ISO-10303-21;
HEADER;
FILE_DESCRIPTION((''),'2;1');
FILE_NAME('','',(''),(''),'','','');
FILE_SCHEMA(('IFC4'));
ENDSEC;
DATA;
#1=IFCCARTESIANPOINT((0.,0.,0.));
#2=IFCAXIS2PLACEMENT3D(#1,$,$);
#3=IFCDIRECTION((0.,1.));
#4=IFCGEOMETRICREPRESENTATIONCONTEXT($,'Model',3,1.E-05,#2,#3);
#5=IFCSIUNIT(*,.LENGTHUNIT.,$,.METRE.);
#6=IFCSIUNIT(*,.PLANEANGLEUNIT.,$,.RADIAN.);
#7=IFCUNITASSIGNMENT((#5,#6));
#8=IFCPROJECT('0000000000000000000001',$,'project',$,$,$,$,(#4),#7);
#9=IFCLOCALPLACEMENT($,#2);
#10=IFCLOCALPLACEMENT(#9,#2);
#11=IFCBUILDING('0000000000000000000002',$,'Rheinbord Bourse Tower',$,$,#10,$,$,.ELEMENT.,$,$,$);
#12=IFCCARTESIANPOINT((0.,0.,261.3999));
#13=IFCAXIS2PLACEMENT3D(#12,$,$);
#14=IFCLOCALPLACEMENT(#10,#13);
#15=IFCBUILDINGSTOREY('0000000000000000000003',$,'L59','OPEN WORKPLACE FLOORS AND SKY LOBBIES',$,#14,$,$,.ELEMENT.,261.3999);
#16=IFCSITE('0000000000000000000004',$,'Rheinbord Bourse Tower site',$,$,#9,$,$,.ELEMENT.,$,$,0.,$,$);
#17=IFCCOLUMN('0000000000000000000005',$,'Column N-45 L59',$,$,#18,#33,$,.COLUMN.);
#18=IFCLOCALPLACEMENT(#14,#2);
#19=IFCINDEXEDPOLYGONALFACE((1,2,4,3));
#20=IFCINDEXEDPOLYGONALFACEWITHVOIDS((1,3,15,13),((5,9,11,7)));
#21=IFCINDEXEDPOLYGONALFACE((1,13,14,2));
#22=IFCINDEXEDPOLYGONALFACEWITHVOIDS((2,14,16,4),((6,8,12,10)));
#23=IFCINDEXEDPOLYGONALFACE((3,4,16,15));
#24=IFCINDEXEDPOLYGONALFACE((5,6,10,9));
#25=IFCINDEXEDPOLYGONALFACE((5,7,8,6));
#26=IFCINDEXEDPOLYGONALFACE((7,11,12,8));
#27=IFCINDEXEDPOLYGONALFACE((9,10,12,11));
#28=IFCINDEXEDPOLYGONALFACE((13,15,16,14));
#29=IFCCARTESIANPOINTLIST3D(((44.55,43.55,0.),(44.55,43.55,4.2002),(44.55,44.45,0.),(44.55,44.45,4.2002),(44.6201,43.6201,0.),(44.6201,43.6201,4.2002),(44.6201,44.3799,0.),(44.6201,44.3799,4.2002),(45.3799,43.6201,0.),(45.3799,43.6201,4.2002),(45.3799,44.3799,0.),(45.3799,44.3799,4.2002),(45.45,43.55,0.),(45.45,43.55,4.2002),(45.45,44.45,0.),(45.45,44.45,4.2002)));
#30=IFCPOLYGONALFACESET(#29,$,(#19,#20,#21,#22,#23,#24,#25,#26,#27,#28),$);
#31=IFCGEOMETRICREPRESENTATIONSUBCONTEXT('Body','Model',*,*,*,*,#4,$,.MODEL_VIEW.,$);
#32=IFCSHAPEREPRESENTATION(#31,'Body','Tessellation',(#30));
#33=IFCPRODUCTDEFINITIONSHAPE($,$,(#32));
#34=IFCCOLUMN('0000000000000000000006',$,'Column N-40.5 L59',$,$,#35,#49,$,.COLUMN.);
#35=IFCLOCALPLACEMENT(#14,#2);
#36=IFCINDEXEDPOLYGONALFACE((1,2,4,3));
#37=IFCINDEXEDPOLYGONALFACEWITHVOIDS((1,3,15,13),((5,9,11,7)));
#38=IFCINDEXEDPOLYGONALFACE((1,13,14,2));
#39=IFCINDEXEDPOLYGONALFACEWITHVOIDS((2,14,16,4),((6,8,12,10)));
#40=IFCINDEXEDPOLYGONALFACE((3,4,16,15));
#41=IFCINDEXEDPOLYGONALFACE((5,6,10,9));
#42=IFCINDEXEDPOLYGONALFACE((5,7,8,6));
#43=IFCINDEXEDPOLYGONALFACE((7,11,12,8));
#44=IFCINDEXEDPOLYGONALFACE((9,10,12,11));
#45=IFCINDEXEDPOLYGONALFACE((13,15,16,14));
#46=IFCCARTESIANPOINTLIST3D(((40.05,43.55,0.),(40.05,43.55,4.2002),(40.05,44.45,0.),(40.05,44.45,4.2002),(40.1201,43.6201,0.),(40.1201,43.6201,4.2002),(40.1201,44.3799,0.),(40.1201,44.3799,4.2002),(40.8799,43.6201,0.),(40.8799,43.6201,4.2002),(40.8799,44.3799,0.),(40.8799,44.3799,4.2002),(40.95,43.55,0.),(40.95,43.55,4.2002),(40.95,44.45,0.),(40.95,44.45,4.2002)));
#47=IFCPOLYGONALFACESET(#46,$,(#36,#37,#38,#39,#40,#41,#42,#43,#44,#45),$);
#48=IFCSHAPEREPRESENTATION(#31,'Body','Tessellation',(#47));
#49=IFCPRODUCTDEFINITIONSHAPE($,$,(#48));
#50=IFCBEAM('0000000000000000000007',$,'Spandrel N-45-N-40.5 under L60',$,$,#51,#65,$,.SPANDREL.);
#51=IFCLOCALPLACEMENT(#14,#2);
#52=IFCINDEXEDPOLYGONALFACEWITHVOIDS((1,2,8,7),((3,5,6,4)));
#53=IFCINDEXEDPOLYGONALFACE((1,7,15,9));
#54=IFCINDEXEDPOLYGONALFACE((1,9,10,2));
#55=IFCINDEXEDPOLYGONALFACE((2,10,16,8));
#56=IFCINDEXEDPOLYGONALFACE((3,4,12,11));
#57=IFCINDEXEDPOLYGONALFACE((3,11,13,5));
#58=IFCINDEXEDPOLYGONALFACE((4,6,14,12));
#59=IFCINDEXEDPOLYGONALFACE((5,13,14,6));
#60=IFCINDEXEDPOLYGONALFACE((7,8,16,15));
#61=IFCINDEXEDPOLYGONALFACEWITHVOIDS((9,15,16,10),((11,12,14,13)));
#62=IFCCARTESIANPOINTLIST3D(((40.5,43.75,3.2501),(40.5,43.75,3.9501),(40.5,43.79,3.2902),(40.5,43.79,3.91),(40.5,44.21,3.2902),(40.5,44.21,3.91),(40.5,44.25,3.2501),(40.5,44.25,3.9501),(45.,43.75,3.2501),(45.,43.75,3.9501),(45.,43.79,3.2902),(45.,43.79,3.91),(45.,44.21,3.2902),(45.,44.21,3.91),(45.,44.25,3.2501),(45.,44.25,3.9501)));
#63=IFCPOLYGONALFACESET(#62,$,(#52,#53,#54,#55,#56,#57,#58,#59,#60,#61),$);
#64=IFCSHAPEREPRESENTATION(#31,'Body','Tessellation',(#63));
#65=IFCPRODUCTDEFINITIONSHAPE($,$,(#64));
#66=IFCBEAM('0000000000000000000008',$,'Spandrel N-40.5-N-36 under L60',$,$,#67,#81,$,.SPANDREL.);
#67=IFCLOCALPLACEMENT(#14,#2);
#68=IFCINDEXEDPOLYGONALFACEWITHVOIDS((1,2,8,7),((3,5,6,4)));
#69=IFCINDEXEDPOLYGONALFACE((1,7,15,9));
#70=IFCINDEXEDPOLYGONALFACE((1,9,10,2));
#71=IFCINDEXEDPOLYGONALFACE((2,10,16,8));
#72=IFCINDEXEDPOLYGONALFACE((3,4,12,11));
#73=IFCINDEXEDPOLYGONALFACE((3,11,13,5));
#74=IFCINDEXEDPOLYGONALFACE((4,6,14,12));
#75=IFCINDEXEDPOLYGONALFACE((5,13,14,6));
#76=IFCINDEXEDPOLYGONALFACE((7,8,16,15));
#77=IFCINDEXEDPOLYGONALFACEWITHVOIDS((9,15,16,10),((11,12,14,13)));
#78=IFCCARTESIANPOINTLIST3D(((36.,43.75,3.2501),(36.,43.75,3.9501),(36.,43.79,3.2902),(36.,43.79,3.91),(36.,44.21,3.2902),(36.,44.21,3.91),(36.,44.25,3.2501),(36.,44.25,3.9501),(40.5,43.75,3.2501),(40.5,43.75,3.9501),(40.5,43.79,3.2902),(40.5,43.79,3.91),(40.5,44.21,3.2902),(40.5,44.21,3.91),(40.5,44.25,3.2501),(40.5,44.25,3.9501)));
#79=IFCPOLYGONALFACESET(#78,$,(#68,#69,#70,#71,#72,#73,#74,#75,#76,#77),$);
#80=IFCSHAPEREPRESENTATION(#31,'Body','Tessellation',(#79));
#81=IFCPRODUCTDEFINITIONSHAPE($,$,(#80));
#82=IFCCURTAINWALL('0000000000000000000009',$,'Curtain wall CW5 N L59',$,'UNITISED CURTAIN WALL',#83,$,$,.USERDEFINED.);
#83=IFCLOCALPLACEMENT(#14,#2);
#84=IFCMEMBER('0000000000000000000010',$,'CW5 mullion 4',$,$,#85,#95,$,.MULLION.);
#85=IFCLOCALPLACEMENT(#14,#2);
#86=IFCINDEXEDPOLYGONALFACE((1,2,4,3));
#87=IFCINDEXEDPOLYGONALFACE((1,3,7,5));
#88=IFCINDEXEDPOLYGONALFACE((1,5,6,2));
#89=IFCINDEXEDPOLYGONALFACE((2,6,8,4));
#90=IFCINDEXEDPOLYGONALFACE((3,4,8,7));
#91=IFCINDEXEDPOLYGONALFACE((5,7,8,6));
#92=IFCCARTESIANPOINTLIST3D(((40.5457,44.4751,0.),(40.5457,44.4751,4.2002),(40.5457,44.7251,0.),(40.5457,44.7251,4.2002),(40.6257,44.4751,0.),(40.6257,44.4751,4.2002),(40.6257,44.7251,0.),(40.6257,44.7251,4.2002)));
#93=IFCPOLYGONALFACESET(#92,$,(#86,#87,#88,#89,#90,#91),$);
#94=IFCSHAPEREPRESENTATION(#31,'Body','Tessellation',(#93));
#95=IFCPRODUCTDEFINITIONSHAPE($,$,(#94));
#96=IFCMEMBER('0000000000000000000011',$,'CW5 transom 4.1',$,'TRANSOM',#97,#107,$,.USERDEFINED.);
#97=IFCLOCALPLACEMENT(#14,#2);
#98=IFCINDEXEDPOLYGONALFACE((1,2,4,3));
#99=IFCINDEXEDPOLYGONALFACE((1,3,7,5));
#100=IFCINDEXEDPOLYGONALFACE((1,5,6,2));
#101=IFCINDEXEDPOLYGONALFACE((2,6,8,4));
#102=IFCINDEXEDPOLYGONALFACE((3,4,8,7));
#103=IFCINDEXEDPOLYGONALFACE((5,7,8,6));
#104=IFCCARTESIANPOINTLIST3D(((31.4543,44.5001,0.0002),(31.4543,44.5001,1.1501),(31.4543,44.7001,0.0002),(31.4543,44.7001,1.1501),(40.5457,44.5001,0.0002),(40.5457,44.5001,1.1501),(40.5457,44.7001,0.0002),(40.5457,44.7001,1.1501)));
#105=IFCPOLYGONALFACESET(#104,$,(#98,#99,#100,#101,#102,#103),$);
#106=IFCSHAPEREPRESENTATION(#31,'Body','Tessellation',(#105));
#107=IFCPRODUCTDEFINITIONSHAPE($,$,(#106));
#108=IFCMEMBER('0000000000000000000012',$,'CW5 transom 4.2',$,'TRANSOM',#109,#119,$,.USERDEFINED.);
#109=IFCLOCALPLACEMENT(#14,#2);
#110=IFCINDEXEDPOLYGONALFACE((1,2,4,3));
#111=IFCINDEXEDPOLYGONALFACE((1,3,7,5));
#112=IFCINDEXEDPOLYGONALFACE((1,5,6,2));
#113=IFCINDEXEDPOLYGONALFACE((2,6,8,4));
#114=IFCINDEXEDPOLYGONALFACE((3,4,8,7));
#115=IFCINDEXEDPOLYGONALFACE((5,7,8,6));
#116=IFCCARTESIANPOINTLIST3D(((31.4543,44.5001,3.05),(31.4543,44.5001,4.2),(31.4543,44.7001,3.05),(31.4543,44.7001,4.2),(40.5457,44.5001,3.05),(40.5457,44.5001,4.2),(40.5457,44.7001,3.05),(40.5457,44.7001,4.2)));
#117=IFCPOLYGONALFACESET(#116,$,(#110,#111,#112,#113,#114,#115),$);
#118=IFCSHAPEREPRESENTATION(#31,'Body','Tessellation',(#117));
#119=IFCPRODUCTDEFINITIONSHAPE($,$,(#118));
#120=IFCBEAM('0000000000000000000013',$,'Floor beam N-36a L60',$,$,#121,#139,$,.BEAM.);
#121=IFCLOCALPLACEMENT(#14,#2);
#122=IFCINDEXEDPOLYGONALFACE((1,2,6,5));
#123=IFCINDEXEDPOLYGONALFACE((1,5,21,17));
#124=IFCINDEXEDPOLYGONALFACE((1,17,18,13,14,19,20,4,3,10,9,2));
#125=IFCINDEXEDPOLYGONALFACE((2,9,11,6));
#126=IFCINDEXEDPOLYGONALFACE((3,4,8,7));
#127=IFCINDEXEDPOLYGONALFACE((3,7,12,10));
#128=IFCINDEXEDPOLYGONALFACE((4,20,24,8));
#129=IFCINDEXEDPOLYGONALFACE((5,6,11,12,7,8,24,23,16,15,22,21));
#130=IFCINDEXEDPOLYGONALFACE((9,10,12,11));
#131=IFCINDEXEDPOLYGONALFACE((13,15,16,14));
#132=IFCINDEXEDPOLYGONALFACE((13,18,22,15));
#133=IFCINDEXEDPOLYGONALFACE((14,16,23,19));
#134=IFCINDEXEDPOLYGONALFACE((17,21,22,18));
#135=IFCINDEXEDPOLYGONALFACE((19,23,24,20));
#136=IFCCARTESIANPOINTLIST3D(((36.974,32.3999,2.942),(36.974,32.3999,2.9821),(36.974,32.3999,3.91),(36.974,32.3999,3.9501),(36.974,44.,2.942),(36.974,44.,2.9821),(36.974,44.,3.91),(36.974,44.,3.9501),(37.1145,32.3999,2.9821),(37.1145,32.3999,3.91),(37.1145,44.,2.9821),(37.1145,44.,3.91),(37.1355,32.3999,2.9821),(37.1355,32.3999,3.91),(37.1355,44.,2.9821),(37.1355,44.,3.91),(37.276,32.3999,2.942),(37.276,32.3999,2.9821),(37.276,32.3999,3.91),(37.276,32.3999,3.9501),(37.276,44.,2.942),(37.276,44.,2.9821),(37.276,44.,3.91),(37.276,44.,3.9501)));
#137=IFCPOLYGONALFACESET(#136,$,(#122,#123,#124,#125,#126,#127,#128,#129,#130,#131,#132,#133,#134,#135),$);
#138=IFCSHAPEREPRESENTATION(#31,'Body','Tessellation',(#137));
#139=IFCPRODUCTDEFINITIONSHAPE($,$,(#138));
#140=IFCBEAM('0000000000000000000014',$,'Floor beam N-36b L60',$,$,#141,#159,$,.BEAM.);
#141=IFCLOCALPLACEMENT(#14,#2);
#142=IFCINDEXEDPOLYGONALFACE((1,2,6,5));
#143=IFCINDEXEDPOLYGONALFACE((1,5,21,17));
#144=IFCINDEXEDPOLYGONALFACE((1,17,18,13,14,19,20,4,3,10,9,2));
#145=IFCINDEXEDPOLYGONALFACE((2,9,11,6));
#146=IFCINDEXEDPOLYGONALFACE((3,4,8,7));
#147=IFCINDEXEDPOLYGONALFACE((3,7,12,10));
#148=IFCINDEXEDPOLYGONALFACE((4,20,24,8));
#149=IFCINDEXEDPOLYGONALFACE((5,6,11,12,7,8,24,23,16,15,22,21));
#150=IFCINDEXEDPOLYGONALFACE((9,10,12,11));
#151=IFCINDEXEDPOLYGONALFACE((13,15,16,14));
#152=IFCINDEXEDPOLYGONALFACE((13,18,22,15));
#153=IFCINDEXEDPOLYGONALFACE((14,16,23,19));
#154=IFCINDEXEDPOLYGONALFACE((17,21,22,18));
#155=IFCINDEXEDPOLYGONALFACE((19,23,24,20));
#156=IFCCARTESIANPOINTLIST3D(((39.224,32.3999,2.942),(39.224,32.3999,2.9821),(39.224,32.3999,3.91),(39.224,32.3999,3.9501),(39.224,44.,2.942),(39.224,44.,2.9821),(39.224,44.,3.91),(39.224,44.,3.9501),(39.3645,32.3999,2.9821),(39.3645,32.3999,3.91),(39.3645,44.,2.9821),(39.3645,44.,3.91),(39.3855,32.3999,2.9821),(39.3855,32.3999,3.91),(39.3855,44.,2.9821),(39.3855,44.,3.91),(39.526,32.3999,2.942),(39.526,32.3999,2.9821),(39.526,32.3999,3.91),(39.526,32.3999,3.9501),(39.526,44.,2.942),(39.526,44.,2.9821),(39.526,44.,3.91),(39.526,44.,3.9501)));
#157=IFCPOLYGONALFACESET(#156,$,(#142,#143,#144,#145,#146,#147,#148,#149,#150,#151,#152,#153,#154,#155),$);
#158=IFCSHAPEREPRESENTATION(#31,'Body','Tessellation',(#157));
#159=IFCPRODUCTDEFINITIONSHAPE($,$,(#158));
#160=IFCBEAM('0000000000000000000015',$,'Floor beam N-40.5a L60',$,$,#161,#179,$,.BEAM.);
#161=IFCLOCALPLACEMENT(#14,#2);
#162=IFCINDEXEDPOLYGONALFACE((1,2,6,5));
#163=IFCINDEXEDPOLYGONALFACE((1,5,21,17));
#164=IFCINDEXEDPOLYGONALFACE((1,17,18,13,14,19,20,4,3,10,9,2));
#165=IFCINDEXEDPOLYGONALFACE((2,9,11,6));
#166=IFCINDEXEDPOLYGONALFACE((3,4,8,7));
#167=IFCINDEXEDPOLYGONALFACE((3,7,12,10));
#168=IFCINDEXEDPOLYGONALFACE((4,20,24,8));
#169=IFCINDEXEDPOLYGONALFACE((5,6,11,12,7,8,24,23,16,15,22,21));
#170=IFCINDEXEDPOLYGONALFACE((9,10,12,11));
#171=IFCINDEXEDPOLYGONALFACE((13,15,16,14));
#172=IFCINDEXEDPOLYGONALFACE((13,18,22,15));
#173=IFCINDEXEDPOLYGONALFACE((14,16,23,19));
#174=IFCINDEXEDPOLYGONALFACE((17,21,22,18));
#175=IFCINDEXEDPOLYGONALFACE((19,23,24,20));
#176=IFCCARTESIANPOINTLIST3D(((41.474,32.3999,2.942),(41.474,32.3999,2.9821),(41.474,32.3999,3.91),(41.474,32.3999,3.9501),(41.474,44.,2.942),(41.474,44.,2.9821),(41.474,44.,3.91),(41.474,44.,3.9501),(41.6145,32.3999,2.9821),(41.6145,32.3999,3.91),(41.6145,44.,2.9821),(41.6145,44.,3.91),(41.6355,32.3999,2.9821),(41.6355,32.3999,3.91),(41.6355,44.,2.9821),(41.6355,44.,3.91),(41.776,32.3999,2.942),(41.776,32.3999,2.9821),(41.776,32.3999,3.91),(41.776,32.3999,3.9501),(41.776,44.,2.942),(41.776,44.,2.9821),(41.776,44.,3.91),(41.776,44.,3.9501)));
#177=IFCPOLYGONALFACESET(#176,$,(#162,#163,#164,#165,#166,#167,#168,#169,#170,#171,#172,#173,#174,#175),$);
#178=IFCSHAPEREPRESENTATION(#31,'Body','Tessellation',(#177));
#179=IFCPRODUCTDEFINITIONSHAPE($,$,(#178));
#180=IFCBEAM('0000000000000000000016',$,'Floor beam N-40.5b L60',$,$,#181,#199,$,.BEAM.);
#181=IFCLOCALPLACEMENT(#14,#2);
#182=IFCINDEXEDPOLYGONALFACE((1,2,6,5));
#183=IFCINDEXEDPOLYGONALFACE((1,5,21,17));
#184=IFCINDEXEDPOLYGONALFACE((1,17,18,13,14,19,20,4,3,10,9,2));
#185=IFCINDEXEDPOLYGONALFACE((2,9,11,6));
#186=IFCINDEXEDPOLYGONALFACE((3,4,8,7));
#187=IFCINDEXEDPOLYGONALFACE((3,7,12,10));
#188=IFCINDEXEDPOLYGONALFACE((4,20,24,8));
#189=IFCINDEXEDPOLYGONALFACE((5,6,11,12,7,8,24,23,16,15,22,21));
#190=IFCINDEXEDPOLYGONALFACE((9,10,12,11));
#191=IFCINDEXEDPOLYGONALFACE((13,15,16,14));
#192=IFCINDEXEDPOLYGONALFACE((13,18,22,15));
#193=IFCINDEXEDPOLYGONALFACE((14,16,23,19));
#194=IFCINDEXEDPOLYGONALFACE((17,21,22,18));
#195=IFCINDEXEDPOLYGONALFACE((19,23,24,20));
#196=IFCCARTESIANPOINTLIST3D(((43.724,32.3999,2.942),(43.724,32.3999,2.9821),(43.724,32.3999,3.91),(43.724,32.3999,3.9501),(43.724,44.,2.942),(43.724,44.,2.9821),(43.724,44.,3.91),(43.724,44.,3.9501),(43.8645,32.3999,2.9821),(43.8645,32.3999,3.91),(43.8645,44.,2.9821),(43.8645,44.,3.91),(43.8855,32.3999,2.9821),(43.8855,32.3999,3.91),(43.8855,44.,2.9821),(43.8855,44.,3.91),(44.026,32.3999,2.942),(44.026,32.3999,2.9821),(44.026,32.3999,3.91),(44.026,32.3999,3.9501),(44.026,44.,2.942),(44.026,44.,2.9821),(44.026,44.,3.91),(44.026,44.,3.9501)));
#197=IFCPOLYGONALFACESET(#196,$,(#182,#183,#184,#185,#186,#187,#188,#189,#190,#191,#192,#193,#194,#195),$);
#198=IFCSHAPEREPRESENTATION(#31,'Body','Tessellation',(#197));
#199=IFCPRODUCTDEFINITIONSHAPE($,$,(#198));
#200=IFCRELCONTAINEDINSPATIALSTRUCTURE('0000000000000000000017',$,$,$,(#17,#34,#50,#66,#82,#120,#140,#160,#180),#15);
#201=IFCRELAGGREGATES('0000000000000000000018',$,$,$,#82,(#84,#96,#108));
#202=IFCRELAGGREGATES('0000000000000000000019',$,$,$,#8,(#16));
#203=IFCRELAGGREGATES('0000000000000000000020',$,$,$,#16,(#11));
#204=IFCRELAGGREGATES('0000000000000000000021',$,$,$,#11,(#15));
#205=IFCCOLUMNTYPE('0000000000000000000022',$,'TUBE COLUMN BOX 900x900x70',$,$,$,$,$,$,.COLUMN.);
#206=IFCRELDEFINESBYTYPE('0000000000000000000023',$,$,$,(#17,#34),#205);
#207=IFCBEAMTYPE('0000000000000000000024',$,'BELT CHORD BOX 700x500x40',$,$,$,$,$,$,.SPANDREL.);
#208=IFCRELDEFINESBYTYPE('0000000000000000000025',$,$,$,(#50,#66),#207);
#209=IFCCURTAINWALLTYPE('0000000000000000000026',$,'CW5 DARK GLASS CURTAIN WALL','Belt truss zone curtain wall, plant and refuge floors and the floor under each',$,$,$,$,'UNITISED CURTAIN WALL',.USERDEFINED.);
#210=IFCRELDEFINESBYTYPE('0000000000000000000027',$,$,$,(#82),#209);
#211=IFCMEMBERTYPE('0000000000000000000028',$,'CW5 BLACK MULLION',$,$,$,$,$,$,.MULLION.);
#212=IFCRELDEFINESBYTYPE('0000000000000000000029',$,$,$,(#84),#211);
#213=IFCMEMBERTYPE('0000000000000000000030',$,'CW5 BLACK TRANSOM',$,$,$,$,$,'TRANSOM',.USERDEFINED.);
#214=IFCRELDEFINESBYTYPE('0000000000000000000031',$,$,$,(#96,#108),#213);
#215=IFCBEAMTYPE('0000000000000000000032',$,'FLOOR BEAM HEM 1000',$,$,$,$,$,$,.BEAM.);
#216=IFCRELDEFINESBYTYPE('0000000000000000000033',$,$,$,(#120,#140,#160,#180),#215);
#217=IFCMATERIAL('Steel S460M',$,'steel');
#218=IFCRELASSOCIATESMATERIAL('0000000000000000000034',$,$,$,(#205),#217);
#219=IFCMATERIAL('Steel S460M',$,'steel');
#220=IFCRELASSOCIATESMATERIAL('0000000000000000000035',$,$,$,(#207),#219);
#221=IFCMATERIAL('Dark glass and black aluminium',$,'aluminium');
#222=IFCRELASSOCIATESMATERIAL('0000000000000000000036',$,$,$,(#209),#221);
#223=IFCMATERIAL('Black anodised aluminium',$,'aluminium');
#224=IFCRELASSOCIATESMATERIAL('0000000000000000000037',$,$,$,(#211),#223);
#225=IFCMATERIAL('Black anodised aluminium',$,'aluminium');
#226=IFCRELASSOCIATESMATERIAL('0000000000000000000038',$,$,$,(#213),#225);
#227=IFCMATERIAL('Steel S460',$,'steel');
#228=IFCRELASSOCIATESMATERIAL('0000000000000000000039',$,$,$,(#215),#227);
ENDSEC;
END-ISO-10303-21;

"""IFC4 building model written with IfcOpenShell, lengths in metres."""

from ifc_helpers import new_model, si_unit, direction, frame, origin, origin_2d, place, context, subcontext, project, spatial, rectangle, hollow_rectangle, i_section, extrude, material, material_profile, profile_set, type_object, element, aggregate, save


model = new_model("IFC4")

# Units and contexts
model_context = context("Model", 3, precision=1e-05, world=origin(), true_north=direction((0.0, 1.0)))
body_context = subcontext(model_context, "Body", "Model", "MODEL_VIEW")
ifc_project = project(units=[si_unit("LENGTHUNIT", "METRE"), si_unit("PLANEANGLEUNIT", "RADIAN")], contexts=[model_context])

# Site, building, storey
site_placement = place(None, origin())
site = spatial("IfcSite", under=ifc_project, at=site_placement, Name="Rheinbord Bourse Tower site", CompositionType="ELEMENT", RefElevation=0.0)
building_placement = place(site_placement, origin())
building = spatial("IfcBuilding", under=site, at=building_placement, Name="Rheinbord Bourse Tower", CompositionType="ELEMENT")
storey_placement = place(building_placement, frame((0.0, 0.0, 261.3999)))
storey = spatial("IfcBuildingStorey", under=building, at=storey_placement, Name="L59", Description="OPEN WORKPLACE FLOORS AND SKY LOBBIES", CompositionType="ELEMENT", Elevation=261.3999)

# Columns
ifc_material_1 = material(Name="Steel S460M", Category="steel")
ifc_material_profile_1 = material_profile(ifc_material_1, hollow_rectangle(XDim=0.8999, YDim=0.8999, WallThickness=0.0701, at=origin_2d()), Name="BOX 900x900x70")
ifc_profile_set_1 = profile_set([ifc_material_profile_1], Name="Steel S460M")
column_type = type_object("IfcColumnType", Name="TUBE COLUMN BOX 900x900x70", PredefinedType="COLUMN", material=ifc_profile_set_1)
for number, where, z_axis, x_axis, name in (
    (1, (45.0, 44.0, 0.0), (0.0, 0.0, 1.0), (0.0, 1.0, 0.0), "Column N-45 L59"),
    (2, (40.5, 44.0, 0.0), (0.0, 0.0, 1.0), (0.0, 1.0, 0.0), "Column N-40.5 L59"),
):
    element("IfcColumn", number, at=place(storey_placement, frame(where, z_axis=z_axis, x_axis=x_axis)), inside=storey, type_object=column_type, Name=name, PredefinedType="COLUMN", context=body_context, shape_type="SweptSolid", body=[
        extrude(hollow_rectangle(XDim=0.8999, YDim=0.8999, WallThickness=0.0701, at=origin_2d()), origin(), (0.0, 0.0, 1.0), 4.2002),
    ])

# Beams
ifc_material_2 = material(Name="Steel S460M", Category="steel")
ifc_material_profile_2 = material_profile(ifc_material_2, hollow_rectangle(XDim=0.5, YDim=0.7, WallThickness=0.04, at=origin_2d()), Name="BOX 700x500x40")
ifc_profile_set_2 = profile_set([ifc_material_profile_2], Name="Steel S460M")
beam_type_1 = type_object("IfcBeamType", Name="BELT CHORD BOX 700x500x40", PredefinedType="SPANDREL", material=ifc_profile_set_2)
for number, where, z_axis, x_axis, name in (
    (3, (45.0, 44.0, 3.6001), (-1.0, 0.0, 0.0), (0.0, -1.0, 0.0), "Spandrel N-45-N-40.5 under L60"),
    (4, (40.5, 44.0, 3.6001), (-1.0, 0.0, 0.0), (0.0, -1.0, 0.0), "Spandrel N-40.5-N-36 under L60"),
):
    element("IfcBeam", number, at=place(storey_placement, frame(where, z_axis=z_axis, x_axis=x_axis)), inside=storey, type_object=beam_type_1, Name=name, PredefinedType="SPANDREL", context=body_context, shape_type="SweptSolid", body=[
        extrude(hollow_rectangle(XDim=0.5, YDim=0.7, WallThickness=0.04, at=origin_2d()), origin(), (0.0, 0.0, 1.0), 4.5),
    ])

# Curtain wall, members
ifc_material_3 = material(Name="Dark glass and black aluminium", Category="aluminium")
curtain_wall_type = type_object("IfcCurtainWallType", Name="CW5 DARK GLASS CURTAIN WALL", Description="Belt truss zone curtain wall, plant and refuge floors and the floor under each", ElementType="UNITISED CURTAIN WALL", PredefinedType="USERDEFINED", material=ifc_material_3)
curtain_wall_placement = place(storey_placement, origin())
curtain_wall = element("IfcCurtainWall", 5, at=curtain_wall_placement, inside=storey, type_object=curtain_wall_type, Name="Curtain wall CW5 N L59", ObjectType="UNITISED CURTAIN WALL", PredefinedType="USERDEFINED")
ifc_material_4 = material(Name="Black anodised aluminium", Category="aluminium")
ifc_material_profile_3 = material_profile(ifc_material_4, rectangle(XDim=0.25, YDim=0.0801, at=origin_2d()), Name="CW5 MULLION 80x250")
ifc_profile_set_3 = profile_set([ifc_material_profile_3], Name="Black anodised aluminium")
member_type_1 = type_object("IfcMemberType", Name="CW5 BLACK MULLION", PredefinedType="MULLION", material=ifc_profile_set_3)
member_1_placement = place(storey_placement, frame((40.5857, 44.6001, 0.0), z_axis=(0.0, 0.0, 1.0), x_axis=(0.0, -1.0, 0.0)))
member_1 = element("IfcMember", 6, at=member_1_placement, type_object=member_type_1, Name="CW5 mullion 4", PredefinedType="MULLION", context=body_context, shape_type="SweptSolid", body=[
    extrude(rectangle(XDim=0.25, YDim=0.0801, at=origin_2d()), origin(), (0.0, 0.0, 1.0), 4.2002),
])
ifc_material_5 = material(Name="Black anodised aluminium", Category="aluminium")
ifc_material_profile_4 = material_profile(ifc_material_5, rectangle(XDim=0.2, YDim=1.1499, at=origin_2d()), Name="CW5 TRANSOM 1150x200")
ifc_profile_set_4 = profile_set([ifc_material_profile_4], Name="Black anodised aluminium")
member_type_2 = type_object("IfcMemberType", Name="CW5 BLACK TRANSOM", ElementType="TRANSOM", PredefinedType="USERDEFINED", material=ifc_profile_set_4)
member_2_placement = place(storey_placement, frame((40.5457, 44.6001, 0.5752), z_axis=(-1.0, 0.0, 0.0), x_axis=(0.0, -1.0, 0.0)))
member_2 = element("IfcMember", 7, at=member_2_placement, type_object=member_type_2, Name="CW5 transom 4.1", ObjectType="TRANSOM", PredefinedType="USERDEFINED", context=body_context, shape_type="SweptSolid", body=[
    extrude(rectangle(XDim=0.2, YDim=1.1499, at=origin_2d()), origin(), (0.0, 0.0, 1.0), 9.0913),
])
member_3_placement = place(storey_placement, frame((40.5457, 44.6001, 3.625), z_axis=(-1.0, 0.0, 0.0), x_axis=(0.0, -1.0, 0.0)))
member_3 = element("IfcMember", 8, at=member_3_placement, type_object=member_type_2, Name="CW5 transom 4.2", ObjectType="TRANSOM", PredefinedType="USERDEFINED", context=body_context, shape_type="SweptSolid", body=[
    extrude(rectangle(XDim=0.2, YDim=1.1499, at=origin_2d()), origin(), (0.0, 0.0, 1.0), 9.0913),
])

# Beams
ifc_material_6 = material(Name="Steel S460", Category="steel")
ifc_material_profile_5 = material_profile(ifc_material_6, i_section(OverallWidth=0.302, OverallDepth=1.0081, WebThickness=0.021, FlangeThickness=0.04, at=origin_2d()), Name="HEM 1000")
ifc_profile_set_5 = profile_set([ifc_material_profile_5], Name="Steel S460")
beam_type_2 = type_object("IfcBeamType", Name="FLOOR BEAM HEM 1000", PredefinedType="BEAM", material=ifc_profile_set_5)
for number, where, z_axis, x_axis, name in (
    (9, (37.125, 44.0, 3.446), (0.0, -1.0, 0.0), (1.0, 0.0, 0.0), "Floor beam N-36a L60"),
    (10, (39.375, 44.0, 3.446), (0.0, -1.0, 0.0), (1.0, 0.0, 0.0), "Floor beam N-36b L60"),
    (11, (41.625, 44.0, 3.446), (0.0, -1.0, 0.0), (1.0, 0.0, 0.0), "Floor beam N-40.5a L60"),
    (12, (43.875, 44.0, 3.446), (0.0, -1.0, 0.0), (1.0, 0.0, 0.0), "Floor beam N-40.5b L60"),
):
    element("IfcBeam", number, at=place(storey_placement, frame(where, z_axis=z_axis, x_axis=x_axis)), inside=storey, type_object=beam_type_2, Name=name, PredefinedType="BEAM", context=body_context, shape_type="SweptSolid", body=[
        extrude(i_section(OverallWidth=0.302, OverallDepth=1.0081, WebThickness=0.021, FlangeThickness=0.04, at=origin_2d()), origin(), (0.0, 0.0, 1.0), 11.6001),
    ])

aggregate(curtain_wall, [member_1, member_2, member_3])

save(model, "model.ifc")
